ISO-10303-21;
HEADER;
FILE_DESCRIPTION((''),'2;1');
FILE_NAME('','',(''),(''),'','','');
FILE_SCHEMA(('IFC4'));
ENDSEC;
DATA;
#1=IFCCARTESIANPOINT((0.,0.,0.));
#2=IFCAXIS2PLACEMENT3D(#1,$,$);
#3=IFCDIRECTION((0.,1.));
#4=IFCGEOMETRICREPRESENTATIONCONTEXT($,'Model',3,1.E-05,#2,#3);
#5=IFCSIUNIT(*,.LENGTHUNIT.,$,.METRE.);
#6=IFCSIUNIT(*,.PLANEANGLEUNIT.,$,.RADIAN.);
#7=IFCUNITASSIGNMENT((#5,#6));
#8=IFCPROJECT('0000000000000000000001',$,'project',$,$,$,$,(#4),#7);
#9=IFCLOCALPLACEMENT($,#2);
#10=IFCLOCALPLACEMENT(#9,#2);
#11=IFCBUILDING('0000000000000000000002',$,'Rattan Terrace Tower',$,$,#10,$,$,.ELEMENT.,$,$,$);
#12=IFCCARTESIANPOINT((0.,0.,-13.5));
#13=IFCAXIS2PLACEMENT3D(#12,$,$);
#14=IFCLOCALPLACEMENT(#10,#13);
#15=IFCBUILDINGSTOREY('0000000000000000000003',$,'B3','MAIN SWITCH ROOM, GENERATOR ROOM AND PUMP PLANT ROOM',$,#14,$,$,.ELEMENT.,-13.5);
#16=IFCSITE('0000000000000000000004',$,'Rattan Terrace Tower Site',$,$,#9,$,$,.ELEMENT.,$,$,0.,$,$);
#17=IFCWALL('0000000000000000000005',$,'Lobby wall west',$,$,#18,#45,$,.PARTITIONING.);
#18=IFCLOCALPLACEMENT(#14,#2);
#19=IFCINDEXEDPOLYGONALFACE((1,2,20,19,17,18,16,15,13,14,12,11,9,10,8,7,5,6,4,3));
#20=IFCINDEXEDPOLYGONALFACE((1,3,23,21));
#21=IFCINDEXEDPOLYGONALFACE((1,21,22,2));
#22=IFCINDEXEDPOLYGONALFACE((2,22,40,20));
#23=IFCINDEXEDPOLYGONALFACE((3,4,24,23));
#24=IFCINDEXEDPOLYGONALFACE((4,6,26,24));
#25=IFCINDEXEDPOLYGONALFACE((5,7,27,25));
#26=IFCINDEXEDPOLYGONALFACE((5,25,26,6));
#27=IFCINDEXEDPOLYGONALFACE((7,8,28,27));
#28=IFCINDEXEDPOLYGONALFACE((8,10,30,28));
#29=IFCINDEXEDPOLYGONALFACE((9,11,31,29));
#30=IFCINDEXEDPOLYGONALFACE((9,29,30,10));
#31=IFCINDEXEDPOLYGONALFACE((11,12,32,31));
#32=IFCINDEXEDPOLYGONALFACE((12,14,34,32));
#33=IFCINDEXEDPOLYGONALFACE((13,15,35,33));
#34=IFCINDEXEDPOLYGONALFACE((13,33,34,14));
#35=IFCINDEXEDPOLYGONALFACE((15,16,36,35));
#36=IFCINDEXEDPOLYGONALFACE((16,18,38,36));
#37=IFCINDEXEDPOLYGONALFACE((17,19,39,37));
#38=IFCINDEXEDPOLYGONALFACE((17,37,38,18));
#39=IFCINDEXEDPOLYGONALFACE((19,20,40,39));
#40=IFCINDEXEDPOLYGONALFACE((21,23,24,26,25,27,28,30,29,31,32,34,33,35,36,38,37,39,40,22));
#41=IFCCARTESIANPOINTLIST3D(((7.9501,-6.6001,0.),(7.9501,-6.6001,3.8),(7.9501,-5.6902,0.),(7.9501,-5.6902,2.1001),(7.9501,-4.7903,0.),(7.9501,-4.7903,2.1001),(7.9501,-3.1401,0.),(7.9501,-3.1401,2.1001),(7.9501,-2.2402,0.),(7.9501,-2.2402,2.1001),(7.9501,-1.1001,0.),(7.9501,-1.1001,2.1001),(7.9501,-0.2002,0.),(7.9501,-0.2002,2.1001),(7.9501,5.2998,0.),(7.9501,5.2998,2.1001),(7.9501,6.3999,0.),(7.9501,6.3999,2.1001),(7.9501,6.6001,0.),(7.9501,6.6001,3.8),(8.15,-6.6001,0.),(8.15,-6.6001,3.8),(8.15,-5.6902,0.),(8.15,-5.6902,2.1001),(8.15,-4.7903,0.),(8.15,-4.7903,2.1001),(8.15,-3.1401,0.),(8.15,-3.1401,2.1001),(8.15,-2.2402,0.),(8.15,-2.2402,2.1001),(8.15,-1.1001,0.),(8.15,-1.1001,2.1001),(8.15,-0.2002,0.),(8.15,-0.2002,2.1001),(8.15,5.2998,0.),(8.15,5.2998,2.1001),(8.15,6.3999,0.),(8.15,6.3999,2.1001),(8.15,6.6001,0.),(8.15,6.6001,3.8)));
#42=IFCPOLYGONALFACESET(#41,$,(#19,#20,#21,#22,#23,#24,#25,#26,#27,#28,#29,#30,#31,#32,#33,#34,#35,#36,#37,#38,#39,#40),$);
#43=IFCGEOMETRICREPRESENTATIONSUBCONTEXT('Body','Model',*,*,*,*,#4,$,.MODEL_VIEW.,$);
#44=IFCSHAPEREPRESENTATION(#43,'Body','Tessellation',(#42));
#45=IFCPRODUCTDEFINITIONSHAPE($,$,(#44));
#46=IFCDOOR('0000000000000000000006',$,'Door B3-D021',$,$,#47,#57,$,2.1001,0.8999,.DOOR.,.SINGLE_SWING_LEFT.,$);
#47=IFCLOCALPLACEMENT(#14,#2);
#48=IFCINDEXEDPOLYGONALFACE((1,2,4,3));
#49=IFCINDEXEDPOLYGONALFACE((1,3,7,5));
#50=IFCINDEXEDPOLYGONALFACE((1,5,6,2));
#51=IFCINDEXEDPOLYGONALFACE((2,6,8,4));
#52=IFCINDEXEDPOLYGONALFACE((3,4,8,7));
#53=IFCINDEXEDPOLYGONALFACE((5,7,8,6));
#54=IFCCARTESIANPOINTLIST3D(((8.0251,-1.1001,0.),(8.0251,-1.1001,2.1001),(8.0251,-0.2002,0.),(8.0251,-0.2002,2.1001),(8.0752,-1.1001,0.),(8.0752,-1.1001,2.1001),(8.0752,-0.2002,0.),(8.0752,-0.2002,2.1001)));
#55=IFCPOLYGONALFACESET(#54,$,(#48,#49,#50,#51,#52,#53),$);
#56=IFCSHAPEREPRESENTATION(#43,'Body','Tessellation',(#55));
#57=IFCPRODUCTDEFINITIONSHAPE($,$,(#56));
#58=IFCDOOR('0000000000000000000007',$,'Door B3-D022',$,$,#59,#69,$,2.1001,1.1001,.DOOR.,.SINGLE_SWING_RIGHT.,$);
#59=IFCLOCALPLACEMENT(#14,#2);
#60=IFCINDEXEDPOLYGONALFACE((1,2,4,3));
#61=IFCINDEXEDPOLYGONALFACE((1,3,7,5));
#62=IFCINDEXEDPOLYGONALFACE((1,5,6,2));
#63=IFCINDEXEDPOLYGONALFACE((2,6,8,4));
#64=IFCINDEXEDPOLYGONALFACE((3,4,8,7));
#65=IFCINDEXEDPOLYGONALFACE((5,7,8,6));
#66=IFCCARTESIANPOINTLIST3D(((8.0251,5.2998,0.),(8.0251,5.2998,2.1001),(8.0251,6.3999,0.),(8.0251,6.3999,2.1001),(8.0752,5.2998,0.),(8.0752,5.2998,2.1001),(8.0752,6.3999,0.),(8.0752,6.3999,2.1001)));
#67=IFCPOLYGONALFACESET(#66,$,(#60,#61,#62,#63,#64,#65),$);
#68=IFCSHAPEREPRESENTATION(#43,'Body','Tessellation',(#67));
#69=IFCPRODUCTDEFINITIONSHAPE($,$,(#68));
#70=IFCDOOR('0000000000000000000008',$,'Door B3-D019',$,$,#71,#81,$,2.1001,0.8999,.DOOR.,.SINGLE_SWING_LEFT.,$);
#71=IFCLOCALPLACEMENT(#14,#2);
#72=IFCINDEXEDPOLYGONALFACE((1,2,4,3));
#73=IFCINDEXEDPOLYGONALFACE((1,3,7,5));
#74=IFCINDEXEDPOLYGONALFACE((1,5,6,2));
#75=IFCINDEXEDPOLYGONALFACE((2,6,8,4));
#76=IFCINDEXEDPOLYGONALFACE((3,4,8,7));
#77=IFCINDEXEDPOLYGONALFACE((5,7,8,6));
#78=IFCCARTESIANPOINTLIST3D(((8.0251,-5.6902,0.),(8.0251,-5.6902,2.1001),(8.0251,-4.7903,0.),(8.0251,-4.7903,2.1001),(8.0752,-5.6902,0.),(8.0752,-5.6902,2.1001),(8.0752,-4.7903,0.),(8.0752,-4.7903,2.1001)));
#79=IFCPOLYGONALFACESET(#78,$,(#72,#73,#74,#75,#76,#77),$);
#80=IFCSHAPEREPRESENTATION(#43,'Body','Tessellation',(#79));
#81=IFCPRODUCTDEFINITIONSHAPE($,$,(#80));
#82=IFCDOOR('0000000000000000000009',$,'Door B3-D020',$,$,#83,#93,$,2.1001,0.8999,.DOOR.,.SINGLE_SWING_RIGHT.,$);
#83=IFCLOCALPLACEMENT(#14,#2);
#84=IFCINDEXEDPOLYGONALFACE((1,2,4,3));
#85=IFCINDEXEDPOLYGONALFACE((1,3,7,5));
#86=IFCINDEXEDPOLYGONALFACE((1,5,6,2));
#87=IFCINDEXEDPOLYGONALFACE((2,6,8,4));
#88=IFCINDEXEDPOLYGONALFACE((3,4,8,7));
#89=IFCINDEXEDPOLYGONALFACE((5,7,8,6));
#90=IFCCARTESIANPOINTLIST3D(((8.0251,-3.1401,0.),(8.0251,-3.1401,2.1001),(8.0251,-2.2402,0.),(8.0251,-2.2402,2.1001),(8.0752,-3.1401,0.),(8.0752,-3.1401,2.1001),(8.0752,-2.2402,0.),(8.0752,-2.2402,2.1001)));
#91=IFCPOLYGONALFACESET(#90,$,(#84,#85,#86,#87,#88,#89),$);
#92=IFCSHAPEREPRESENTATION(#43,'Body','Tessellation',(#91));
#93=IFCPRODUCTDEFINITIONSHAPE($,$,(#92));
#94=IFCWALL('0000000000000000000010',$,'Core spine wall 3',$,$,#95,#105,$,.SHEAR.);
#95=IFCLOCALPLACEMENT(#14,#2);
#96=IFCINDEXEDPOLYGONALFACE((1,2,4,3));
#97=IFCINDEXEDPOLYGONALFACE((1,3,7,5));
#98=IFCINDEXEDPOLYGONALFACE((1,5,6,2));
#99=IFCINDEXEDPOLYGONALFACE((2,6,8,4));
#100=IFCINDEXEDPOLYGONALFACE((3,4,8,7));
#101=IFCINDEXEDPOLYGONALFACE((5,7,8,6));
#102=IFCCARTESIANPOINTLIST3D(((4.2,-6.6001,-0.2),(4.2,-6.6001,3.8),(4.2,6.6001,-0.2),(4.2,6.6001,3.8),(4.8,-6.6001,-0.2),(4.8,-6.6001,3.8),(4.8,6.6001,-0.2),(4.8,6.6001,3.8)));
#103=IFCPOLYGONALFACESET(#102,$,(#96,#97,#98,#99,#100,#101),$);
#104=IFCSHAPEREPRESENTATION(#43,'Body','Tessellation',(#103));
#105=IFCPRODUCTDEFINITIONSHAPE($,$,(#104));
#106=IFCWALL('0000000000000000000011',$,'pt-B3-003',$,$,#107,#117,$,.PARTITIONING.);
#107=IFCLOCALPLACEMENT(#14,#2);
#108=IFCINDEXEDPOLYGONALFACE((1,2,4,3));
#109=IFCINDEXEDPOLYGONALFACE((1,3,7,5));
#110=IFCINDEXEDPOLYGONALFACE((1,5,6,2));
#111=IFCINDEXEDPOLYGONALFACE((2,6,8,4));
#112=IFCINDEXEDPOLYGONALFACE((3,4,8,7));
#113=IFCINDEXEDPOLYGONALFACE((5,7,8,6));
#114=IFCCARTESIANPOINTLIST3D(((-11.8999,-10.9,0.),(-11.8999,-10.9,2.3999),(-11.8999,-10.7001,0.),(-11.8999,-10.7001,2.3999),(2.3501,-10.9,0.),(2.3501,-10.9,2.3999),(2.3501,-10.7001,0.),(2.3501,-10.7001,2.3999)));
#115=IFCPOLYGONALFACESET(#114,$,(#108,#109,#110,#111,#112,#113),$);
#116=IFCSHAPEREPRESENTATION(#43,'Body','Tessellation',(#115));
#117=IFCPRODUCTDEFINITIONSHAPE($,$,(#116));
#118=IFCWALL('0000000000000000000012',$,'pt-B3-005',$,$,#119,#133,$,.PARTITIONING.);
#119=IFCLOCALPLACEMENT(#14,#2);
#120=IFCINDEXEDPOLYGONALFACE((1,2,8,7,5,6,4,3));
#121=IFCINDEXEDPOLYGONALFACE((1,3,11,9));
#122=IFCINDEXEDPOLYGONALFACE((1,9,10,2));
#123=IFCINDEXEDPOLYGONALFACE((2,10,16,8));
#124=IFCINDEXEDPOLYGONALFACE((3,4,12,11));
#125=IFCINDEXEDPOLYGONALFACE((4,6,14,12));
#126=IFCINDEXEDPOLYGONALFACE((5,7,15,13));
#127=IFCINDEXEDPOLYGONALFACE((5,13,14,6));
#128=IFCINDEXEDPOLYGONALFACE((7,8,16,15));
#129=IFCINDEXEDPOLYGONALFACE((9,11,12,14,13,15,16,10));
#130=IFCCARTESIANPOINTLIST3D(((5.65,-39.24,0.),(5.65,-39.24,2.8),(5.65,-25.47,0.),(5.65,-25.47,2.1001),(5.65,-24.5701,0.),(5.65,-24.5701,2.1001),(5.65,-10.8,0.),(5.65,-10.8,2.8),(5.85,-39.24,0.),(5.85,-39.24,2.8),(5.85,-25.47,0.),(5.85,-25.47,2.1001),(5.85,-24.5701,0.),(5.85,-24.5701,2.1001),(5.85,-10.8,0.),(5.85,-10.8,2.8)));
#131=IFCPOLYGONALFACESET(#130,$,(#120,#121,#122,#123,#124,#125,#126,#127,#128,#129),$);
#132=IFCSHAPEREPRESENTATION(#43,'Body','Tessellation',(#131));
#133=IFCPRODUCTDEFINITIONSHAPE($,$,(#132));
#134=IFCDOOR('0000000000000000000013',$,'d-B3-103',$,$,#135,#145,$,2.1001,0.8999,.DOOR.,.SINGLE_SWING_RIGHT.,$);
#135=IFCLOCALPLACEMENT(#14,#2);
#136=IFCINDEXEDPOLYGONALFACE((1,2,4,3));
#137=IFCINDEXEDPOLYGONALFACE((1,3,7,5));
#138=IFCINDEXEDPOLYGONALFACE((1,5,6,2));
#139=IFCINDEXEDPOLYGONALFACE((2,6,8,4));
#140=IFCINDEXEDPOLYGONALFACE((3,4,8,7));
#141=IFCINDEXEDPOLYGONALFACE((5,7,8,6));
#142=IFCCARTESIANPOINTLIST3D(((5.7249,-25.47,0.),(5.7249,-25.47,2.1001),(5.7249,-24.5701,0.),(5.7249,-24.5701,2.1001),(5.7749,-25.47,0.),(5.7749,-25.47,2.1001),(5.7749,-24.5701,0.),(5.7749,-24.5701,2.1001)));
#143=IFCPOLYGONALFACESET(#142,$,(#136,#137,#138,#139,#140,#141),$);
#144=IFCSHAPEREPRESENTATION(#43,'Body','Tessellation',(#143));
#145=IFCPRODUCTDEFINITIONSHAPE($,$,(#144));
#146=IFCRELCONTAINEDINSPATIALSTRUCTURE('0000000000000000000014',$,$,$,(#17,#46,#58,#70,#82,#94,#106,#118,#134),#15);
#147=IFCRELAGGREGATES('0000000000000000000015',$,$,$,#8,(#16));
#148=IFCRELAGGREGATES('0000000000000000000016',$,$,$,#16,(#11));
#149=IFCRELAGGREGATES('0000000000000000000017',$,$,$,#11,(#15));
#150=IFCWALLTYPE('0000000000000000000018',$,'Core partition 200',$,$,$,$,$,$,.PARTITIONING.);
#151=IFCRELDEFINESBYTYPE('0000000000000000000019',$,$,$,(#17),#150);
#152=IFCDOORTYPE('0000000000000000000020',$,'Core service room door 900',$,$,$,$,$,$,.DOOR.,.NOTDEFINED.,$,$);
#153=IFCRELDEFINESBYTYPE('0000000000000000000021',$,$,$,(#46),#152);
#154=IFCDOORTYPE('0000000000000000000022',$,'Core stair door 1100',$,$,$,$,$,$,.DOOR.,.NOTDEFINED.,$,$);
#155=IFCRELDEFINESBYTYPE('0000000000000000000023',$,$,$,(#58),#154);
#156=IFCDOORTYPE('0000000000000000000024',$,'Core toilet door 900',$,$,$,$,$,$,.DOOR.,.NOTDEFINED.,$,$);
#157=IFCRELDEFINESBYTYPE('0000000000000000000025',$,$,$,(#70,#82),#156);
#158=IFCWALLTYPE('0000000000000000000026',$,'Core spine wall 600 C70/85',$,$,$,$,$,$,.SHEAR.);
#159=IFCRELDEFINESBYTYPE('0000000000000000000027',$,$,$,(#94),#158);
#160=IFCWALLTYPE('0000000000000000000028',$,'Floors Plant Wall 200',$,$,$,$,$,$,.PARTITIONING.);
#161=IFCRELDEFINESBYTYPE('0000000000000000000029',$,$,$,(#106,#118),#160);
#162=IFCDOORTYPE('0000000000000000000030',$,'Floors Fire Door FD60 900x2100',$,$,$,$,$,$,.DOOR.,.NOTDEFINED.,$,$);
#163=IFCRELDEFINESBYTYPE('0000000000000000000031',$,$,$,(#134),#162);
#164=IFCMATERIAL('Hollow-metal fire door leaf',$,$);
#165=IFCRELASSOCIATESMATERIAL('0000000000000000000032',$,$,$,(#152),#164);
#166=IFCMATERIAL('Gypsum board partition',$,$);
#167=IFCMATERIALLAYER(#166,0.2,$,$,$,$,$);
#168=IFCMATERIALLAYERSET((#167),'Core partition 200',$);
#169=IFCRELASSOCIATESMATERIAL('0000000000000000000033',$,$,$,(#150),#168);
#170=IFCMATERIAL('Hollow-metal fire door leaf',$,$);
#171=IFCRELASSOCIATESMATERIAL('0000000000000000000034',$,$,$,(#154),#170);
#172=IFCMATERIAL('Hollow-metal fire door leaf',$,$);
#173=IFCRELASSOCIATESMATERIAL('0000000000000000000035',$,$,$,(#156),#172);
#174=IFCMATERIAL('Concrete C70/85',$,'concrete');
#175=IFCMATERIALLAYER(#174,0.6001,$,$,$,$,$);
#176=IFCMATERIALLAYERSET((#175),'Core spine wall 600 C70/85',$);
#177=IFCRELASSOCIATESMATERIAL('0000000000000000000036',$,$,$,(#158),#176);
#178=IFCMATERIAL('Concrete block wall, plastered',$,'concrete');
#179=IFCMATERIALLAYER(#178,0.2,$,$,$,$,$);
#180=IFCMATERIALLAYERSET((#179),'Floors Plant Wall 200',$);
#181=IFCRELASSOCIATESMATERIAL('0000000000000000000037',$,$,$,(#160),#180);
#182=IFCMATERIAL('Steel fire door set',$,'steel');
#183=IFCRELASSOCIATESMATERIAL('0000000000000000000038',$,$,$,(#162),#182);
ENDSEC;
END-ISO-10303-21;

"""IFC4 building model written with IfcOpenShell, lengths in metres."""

from ifc_helpers import new_model, si_unit, direction, frame, frame_2d, origin, place, context, subcontext, project, spatial, rectangle, extrude, material, layer, layer_set, type_object, element, fill, save


model = new_model("IFC4")

# Units and contexts
model_context = context("Model", 3, precision=1e-05, world=origin(), true_north=direction((0.0, 1.0)))
body_context = subcontext(model_context, "Body", "Model", "MODEL_VIEW")
ifc_project = project(units=[si_unit("LENGTHUNIT", "METRE"), si_unit("PLANEANGLEUNIT", "RADIAN")], contexts=[model_context])

# Site, building, storey
site_placement = place(None, origin())
site = spatial("IfcSite", under=ifc_project, at=site_placement, Name="Rattan Terrace Tower Site", CompositionType="ELEMENT", RefElevation=0.0)
building_placement = place(site_placement, origin())
building = spatial("IfcBuilding", under=site, at=building_placement, Name="Rattan Terrace Tower", CompositionType="ELEMENT")
storey_placement = place(building_placement, frame((0.0, 0.0, -13.5)))
storey = spatial("IfcBuildingStorey", under=building, at=storey_placement, Name="B3", Description="MAIN SWITCH ROOM, GENERATOR ROOM AND PUMP PLANT ROOM", CompositionType="ELEMENT", Elevation=-13.5)

# Wall, openings, doors
ifc_material_1 = material(Name="Hollow-metal fire door leaf")
door_type_1 = type_object("IfcDoorType", Name="Core service room door 900", OperationType="NOTDEFINED", PredefinedType="DOOR", material=ifc_material_1)
ifc_material_2 = material(Name="Gypsum board partition")
ifc_layer_1 = layer(ifc_material_2, 0.2)
ifc_layer_set_1 = layer_set([ifc_layer_1], Name="Core partition 200")
wall_type_1 = type_object("IfcWallType", Name="Core partition 200", PredefinedType="PARTITIONING", material=ifc_layer_set_1)
wall_1_placement = place(storey_placement, frame((8.05, -6.6001, 0.0), z_axis=(0.0, 0.0, 1.0), x_axis=(0.0, 1.0, 0.0)))
wall_1 = element("IfcWall", 1, at=wall_1_placement, inside=storey, type_object=wall_type_1, Name="Lobby wall west", PredefinedType="PARTITIONING", context=body_context, shape_type="SweptSolid", body=[
    extrude(rectangle(XDim=13.2002, YDim=0.2, at=frame_2d((6.6001, 0.0))), origin(), (0.0, 0.0, 1.0), 3.8),
])
opening_1_placement = place(wall_1_placement, frame((0.9099, 0.0, 0.0)))
opening_1 = element("IfcOpeningElement", 2, at=opening_1_placement, cuts=wall_1, PredefinedType="OPENING", context=body_context, shape_type="SweptSolid", body=[
    extrude(rectangle(XDim=0.8999, YDim=2.1001, at=frame_2d((0.45, 1.05))), frame((0.0, 0.1106, 0.0), z_axis=(0.0, -1.0, 0.0), x_axis=(1.0, 0.0, 0.0)), (0.0, 0.0, 1.0), 0.2209),
])
opening_2_placement = place(wall_1_placement, frame((3.46, 0.0, 0.0)))
opening_2 = element("IfcOpeningElement", 3, at=opening_2_placement, cuts=wall_1, PredefinedType="OPENING", context=body_context, shape_type="SweptSolid", body=[
    extrude(rectangle(XDim=0.8999, YDim=2.1001, at=frame_2d((0.45, 1.05))), frame((0.0, 0.1106, 0.0), z_axis=(0.0, -1.0, 0.0), x_axis=(1.0, 0.0, 0.0)), (0.0, 0.0, 1.0), 0.2209),
])
opening_3_placement = place(wall_1_placement, frame((5.5, 0.0, 0.0)))
opening_3 = element("IfcOpeningElement", 4, at=opening_3_placement, cuts=wall_1, PredefinedType="OPENING", context=body_context, shape_type="SweptSolid", body=[
    extrude(rectangle(XDim=0.8999, YDim=2.1001, at=frame_2d((0.45, 1.05))), frame((0.0, 0.1106, 0.0), z_axis=(0.0, -1.0, 0.0), x_axis=(1.0, 0.0, 0.0)), (0.0, 0.0, 1.0), 0.2209),
])
opening_4_placement = place(wall_1_placement, frame((11.8999, 0.0, 0.0)))
opening_4 = element("IfcOpeningElement", 5, at=opening_4_placement, cuts=wall_1, PredefinedType="OPENING", context=body_context, shape_type="SweptSolid", body=[
    extrude(rectangle(XDim=1.1001, YDim=2.1001, at=frame_2d((0.55, 1.05))), frame((0.0, 0.1106, 0.0), z_axis=(0.0, -1.0, 0.0), x_axis=(1.0, 0.0, 0.0)), (0.0, 0.0, 1.0), 0.2209),
])
door_1_placement = place(opening_3_placement, origin())
door_1 = element("IfcDoor", 6, at=door_1_placement, inside=storey, type_object=door_type_1, Name="Door B3-D021", OperationType="SINGLE_SWING_LEFT", OverallHeight=2.1001, OverallWidth=0.8999, PredefinedType="DOOR", context=body_context, shape_type="SweptSolid", body=[
    extrude(rectangle(XDim=0.8999, YDim=2.1001, at=frame_2d((0.45, 1.05))), frame((0.0, 0.0249, 0.0), z_axis=(0.0, -1.0, 0.0), x_axis=(1.0, 0.0, 0.0)), (0.0, 0.0, 1.0), 0.05),
])
fill(opening_3, door_1)
ifc_material_3 = material(Name="Hollow-metal fire door leaf")
door_type_2 = type_object("IfcDoorType", Name="Core stair door 1100", OperationType="NOTDEFINED", PredefinedType="DOOR", material=ifc_material_3)
door_2_placement = place(opening_4_placement, origin())
door_2 = element("IfcDoor", 7, at=door_2_placement, inside=storey, type_object=door_type_2, Name="Door B3-D022", OperationType="SINGLE_SWING_RIGHT", OverallHeight=2.1001, OverallWidth=1.1001, PredefinedType="DOOR", context=body_context, shape_type="SweptSolid", body=[
    extrude(rectangle(XDim=1.1001, YDim=2.1001, at=frame_2d((0.55, 1.05))), frame((0.0, 0.0249, 0.0), z_axis=(0.0, -1.0, 0.0), x_axis=(1.0, 0.0, 0.0)), (0.0, 0.0, 1.0), 0.05),
])
fill(opening_4, door_2)
ifc_material_4 = material(Name="Hollow-metal fire door leaf")
door_type_3 = type_object("IfcDoorType", Name="Core toilet door 900", OperationType="NOTDEFINED", PredefinedType="DOOR", material=ifc_material_4)
door_3_placement = place(opening_1_placement, origin())
door_3 = element("IfcDoor", 8, at=door_3_placement, inside=storey, type_object=door_type_3, Name="Door B3-D019", OperationType="SINGLE_SWING_LEFT", OverallHeight=2.1001, OverallWidth=0.8999, PredefinedType="DOOR", context=body_context, shape_type="SweptSolid", body=[
    extrude(rectangle(XDim=0.8999, YDim=2.1001, at=frame_2d((0.45, 1.05))), frame((0.0, 0.0249, 0.0), z_axis=(0.0, -1.0, 0.0), x_axis=(1.0, 0.0, 0.0)), (0.0, 0.0, 1.0), 0.05),
])
fill(opening_1, door_3)
door_4_placement = place(opening_2_placement, origin())
door_4 = element("IfcDoor", 9, at=door_4_placement, inside=storey, type_object=door_type_3, Name="Door B3-D020", OperationType="SINGLE_SWING_RIGHT", OverallHeight=2.1001, OverallWidth=0.8999, PredefinedType="DOOR", context=body_context, shape_type="SweptSolid", body=[
    extrude(rectangle(XDim=0.8999, YDim=2.1001, at=frame_2d((0.45, 1.05))), frame((0.0, 0.0249, 0.0), z_axis=(0.0, -1.0, 0.0), x_axis=(1.0, 0.0, 0.0)), (0.0, 0.0, 1.0), 0.05),
])
fill(opening_2, door_4)

# Walls
ifc_material_5 = material(Name="Concrete C70/85", Category="concrete")
ifc_layer_2 = layer(ifc_material_5, 0.6001)
ifc_layer_set_2 = layer_set([ifc_layer_2], Name="Core spine wall 600 C70/85")
wall_type_2 = type_object("IfcWallType", Name="Core spine wall 600 C70/85", PredefinedType="SHEAR", material=ifc_layer_set_2)
wall_2_placement = place(storey_placement, frame((4.5, -6.6001, -0.2), z_axis=(0.0, 0.0, 1.0), x_axis=(0.0, 1.0, 0.0)))
element("IfcWall", 10, at=wall_2_placement, inside=storey, type_object=wall_type_2, Name="Core spine wall 3", PredefinedType="SHEAR", context=body_context, shape_type="SweptSolid", body=[
    extrude(rectangle(XDim=13.2002, YDim=0.6001, at=frame_2d((6.6001, 0.0))), origin(), (0.0, 0.0, 1.0), 4.0),
])
ifc_material_6 = material(Name="Concrete block wall, plastered", Category="concrete")
ifc_layer_3 = layer(ifc_material_6, 0.2)
ifc_layer_set_3 = layer_set([ifc_layer_3], Name="Floors Plant Wall 200")
wall_type_3 = type_object("IfcWallType", Name="Floors Plant Wall 200", PredefinedType="PARTITIONING", material=ifc_layer_set_3)
wall_3_placement = place(storey_placement, frame((2.3501, -10.8, 0.0), z_axis=(0.0, 0.0, 1.0), x_axis=(-1.0, 0.0, 0.0)))
element("IfcWall", 11, at=wall_3_placement, inside=storey, type_object=wall_type_3, Name="pt-B3-003", PredefinedType="PARTITIONING", context=body_context, shape_type="SweptSolid", body=[
    extrude(rectangle(XDim=14.25, YDim=0.2, at=frame_2d((7.125, 0.0))), origin(), (0.0, 0.0, 1.0), 2.3999),
])

# Wall, opening, door
wall_4_placement = place(storey_placement, frame((5.75, -10.8, 0.0), z_axis=(0.0, 0.0, 1.0), x_axis=(0.0, -1.0, 0.0)))
wall_4 = element("IfcWall", 12, at=wall_4_placement, inside=storey, type_object=wall_type_3, Name="pt-B3-005", PredefinedType="PARTITIONING", context=body_context, shape_type="SweptSolid", body=[
    extrude(rectangle(XDim=28.4399, YDim=0.2, at=frame_2d((14.22, 0.0))), origin(), (0.0, 0.0, 1.0), 2.8),
])
opening_5_placement = place(wall_4_placement, frame((13.77, 0.0, 0.0)))
opening_5 = element("IfcOpeningElement", 13, at=opening_5_placement, cuts=wall_4, PredefinedType="OPENING", context=body_context, shape_type="SweptSolid", body=[
    extrude(rectangle(XDim=0.8999, YDim=2.1001, at=frame_2d((0.45, 1.05))), frame((0.0, 0.1106, 0.0), z_axis=(0.0, -1.0, 0.0), x_axis=(1.0, 0.0, 0.0)), (0.0, 0.0, 1.0), 0.2209),
])
ifc_material_7 = material(Name="Steel fire door set", Category="steel")
door_type_4 = type_object("IfcDoorType", Name="Floors Fire Door FD60 900x2100", OperationType="NOTDEFINED", PredefinedType="DOOR", material=ifc_material_7)
door_5_placement = place(opening_5_placement, origin())
door_5 = element("IfcDoor", 14, at=door_5_placement, inside=storey, type_object=door_type_4, Name="d-B3-103", OperationType="SINGLE_SWING_RIGHT", OverallHeight=2.1001, OverallWidth=0.8999, PredefinedType="DOOR", context=body_context, shape_type="SweptSolid", body=[
    extrude(rectangle(XDim=0.8999, YDim=2.1001, at=frame_2d((0.45, 1.05))), frame((0.0, 0.0249, 0.0), z_axis=(0.0, -1.0, 0.0), x_axis=(1.0, 0.0, 0.0)), (0.0, 0.0, 1.0), 0.05),
])
fill(opening_5, door_5)

save(model, "model.ifc")
